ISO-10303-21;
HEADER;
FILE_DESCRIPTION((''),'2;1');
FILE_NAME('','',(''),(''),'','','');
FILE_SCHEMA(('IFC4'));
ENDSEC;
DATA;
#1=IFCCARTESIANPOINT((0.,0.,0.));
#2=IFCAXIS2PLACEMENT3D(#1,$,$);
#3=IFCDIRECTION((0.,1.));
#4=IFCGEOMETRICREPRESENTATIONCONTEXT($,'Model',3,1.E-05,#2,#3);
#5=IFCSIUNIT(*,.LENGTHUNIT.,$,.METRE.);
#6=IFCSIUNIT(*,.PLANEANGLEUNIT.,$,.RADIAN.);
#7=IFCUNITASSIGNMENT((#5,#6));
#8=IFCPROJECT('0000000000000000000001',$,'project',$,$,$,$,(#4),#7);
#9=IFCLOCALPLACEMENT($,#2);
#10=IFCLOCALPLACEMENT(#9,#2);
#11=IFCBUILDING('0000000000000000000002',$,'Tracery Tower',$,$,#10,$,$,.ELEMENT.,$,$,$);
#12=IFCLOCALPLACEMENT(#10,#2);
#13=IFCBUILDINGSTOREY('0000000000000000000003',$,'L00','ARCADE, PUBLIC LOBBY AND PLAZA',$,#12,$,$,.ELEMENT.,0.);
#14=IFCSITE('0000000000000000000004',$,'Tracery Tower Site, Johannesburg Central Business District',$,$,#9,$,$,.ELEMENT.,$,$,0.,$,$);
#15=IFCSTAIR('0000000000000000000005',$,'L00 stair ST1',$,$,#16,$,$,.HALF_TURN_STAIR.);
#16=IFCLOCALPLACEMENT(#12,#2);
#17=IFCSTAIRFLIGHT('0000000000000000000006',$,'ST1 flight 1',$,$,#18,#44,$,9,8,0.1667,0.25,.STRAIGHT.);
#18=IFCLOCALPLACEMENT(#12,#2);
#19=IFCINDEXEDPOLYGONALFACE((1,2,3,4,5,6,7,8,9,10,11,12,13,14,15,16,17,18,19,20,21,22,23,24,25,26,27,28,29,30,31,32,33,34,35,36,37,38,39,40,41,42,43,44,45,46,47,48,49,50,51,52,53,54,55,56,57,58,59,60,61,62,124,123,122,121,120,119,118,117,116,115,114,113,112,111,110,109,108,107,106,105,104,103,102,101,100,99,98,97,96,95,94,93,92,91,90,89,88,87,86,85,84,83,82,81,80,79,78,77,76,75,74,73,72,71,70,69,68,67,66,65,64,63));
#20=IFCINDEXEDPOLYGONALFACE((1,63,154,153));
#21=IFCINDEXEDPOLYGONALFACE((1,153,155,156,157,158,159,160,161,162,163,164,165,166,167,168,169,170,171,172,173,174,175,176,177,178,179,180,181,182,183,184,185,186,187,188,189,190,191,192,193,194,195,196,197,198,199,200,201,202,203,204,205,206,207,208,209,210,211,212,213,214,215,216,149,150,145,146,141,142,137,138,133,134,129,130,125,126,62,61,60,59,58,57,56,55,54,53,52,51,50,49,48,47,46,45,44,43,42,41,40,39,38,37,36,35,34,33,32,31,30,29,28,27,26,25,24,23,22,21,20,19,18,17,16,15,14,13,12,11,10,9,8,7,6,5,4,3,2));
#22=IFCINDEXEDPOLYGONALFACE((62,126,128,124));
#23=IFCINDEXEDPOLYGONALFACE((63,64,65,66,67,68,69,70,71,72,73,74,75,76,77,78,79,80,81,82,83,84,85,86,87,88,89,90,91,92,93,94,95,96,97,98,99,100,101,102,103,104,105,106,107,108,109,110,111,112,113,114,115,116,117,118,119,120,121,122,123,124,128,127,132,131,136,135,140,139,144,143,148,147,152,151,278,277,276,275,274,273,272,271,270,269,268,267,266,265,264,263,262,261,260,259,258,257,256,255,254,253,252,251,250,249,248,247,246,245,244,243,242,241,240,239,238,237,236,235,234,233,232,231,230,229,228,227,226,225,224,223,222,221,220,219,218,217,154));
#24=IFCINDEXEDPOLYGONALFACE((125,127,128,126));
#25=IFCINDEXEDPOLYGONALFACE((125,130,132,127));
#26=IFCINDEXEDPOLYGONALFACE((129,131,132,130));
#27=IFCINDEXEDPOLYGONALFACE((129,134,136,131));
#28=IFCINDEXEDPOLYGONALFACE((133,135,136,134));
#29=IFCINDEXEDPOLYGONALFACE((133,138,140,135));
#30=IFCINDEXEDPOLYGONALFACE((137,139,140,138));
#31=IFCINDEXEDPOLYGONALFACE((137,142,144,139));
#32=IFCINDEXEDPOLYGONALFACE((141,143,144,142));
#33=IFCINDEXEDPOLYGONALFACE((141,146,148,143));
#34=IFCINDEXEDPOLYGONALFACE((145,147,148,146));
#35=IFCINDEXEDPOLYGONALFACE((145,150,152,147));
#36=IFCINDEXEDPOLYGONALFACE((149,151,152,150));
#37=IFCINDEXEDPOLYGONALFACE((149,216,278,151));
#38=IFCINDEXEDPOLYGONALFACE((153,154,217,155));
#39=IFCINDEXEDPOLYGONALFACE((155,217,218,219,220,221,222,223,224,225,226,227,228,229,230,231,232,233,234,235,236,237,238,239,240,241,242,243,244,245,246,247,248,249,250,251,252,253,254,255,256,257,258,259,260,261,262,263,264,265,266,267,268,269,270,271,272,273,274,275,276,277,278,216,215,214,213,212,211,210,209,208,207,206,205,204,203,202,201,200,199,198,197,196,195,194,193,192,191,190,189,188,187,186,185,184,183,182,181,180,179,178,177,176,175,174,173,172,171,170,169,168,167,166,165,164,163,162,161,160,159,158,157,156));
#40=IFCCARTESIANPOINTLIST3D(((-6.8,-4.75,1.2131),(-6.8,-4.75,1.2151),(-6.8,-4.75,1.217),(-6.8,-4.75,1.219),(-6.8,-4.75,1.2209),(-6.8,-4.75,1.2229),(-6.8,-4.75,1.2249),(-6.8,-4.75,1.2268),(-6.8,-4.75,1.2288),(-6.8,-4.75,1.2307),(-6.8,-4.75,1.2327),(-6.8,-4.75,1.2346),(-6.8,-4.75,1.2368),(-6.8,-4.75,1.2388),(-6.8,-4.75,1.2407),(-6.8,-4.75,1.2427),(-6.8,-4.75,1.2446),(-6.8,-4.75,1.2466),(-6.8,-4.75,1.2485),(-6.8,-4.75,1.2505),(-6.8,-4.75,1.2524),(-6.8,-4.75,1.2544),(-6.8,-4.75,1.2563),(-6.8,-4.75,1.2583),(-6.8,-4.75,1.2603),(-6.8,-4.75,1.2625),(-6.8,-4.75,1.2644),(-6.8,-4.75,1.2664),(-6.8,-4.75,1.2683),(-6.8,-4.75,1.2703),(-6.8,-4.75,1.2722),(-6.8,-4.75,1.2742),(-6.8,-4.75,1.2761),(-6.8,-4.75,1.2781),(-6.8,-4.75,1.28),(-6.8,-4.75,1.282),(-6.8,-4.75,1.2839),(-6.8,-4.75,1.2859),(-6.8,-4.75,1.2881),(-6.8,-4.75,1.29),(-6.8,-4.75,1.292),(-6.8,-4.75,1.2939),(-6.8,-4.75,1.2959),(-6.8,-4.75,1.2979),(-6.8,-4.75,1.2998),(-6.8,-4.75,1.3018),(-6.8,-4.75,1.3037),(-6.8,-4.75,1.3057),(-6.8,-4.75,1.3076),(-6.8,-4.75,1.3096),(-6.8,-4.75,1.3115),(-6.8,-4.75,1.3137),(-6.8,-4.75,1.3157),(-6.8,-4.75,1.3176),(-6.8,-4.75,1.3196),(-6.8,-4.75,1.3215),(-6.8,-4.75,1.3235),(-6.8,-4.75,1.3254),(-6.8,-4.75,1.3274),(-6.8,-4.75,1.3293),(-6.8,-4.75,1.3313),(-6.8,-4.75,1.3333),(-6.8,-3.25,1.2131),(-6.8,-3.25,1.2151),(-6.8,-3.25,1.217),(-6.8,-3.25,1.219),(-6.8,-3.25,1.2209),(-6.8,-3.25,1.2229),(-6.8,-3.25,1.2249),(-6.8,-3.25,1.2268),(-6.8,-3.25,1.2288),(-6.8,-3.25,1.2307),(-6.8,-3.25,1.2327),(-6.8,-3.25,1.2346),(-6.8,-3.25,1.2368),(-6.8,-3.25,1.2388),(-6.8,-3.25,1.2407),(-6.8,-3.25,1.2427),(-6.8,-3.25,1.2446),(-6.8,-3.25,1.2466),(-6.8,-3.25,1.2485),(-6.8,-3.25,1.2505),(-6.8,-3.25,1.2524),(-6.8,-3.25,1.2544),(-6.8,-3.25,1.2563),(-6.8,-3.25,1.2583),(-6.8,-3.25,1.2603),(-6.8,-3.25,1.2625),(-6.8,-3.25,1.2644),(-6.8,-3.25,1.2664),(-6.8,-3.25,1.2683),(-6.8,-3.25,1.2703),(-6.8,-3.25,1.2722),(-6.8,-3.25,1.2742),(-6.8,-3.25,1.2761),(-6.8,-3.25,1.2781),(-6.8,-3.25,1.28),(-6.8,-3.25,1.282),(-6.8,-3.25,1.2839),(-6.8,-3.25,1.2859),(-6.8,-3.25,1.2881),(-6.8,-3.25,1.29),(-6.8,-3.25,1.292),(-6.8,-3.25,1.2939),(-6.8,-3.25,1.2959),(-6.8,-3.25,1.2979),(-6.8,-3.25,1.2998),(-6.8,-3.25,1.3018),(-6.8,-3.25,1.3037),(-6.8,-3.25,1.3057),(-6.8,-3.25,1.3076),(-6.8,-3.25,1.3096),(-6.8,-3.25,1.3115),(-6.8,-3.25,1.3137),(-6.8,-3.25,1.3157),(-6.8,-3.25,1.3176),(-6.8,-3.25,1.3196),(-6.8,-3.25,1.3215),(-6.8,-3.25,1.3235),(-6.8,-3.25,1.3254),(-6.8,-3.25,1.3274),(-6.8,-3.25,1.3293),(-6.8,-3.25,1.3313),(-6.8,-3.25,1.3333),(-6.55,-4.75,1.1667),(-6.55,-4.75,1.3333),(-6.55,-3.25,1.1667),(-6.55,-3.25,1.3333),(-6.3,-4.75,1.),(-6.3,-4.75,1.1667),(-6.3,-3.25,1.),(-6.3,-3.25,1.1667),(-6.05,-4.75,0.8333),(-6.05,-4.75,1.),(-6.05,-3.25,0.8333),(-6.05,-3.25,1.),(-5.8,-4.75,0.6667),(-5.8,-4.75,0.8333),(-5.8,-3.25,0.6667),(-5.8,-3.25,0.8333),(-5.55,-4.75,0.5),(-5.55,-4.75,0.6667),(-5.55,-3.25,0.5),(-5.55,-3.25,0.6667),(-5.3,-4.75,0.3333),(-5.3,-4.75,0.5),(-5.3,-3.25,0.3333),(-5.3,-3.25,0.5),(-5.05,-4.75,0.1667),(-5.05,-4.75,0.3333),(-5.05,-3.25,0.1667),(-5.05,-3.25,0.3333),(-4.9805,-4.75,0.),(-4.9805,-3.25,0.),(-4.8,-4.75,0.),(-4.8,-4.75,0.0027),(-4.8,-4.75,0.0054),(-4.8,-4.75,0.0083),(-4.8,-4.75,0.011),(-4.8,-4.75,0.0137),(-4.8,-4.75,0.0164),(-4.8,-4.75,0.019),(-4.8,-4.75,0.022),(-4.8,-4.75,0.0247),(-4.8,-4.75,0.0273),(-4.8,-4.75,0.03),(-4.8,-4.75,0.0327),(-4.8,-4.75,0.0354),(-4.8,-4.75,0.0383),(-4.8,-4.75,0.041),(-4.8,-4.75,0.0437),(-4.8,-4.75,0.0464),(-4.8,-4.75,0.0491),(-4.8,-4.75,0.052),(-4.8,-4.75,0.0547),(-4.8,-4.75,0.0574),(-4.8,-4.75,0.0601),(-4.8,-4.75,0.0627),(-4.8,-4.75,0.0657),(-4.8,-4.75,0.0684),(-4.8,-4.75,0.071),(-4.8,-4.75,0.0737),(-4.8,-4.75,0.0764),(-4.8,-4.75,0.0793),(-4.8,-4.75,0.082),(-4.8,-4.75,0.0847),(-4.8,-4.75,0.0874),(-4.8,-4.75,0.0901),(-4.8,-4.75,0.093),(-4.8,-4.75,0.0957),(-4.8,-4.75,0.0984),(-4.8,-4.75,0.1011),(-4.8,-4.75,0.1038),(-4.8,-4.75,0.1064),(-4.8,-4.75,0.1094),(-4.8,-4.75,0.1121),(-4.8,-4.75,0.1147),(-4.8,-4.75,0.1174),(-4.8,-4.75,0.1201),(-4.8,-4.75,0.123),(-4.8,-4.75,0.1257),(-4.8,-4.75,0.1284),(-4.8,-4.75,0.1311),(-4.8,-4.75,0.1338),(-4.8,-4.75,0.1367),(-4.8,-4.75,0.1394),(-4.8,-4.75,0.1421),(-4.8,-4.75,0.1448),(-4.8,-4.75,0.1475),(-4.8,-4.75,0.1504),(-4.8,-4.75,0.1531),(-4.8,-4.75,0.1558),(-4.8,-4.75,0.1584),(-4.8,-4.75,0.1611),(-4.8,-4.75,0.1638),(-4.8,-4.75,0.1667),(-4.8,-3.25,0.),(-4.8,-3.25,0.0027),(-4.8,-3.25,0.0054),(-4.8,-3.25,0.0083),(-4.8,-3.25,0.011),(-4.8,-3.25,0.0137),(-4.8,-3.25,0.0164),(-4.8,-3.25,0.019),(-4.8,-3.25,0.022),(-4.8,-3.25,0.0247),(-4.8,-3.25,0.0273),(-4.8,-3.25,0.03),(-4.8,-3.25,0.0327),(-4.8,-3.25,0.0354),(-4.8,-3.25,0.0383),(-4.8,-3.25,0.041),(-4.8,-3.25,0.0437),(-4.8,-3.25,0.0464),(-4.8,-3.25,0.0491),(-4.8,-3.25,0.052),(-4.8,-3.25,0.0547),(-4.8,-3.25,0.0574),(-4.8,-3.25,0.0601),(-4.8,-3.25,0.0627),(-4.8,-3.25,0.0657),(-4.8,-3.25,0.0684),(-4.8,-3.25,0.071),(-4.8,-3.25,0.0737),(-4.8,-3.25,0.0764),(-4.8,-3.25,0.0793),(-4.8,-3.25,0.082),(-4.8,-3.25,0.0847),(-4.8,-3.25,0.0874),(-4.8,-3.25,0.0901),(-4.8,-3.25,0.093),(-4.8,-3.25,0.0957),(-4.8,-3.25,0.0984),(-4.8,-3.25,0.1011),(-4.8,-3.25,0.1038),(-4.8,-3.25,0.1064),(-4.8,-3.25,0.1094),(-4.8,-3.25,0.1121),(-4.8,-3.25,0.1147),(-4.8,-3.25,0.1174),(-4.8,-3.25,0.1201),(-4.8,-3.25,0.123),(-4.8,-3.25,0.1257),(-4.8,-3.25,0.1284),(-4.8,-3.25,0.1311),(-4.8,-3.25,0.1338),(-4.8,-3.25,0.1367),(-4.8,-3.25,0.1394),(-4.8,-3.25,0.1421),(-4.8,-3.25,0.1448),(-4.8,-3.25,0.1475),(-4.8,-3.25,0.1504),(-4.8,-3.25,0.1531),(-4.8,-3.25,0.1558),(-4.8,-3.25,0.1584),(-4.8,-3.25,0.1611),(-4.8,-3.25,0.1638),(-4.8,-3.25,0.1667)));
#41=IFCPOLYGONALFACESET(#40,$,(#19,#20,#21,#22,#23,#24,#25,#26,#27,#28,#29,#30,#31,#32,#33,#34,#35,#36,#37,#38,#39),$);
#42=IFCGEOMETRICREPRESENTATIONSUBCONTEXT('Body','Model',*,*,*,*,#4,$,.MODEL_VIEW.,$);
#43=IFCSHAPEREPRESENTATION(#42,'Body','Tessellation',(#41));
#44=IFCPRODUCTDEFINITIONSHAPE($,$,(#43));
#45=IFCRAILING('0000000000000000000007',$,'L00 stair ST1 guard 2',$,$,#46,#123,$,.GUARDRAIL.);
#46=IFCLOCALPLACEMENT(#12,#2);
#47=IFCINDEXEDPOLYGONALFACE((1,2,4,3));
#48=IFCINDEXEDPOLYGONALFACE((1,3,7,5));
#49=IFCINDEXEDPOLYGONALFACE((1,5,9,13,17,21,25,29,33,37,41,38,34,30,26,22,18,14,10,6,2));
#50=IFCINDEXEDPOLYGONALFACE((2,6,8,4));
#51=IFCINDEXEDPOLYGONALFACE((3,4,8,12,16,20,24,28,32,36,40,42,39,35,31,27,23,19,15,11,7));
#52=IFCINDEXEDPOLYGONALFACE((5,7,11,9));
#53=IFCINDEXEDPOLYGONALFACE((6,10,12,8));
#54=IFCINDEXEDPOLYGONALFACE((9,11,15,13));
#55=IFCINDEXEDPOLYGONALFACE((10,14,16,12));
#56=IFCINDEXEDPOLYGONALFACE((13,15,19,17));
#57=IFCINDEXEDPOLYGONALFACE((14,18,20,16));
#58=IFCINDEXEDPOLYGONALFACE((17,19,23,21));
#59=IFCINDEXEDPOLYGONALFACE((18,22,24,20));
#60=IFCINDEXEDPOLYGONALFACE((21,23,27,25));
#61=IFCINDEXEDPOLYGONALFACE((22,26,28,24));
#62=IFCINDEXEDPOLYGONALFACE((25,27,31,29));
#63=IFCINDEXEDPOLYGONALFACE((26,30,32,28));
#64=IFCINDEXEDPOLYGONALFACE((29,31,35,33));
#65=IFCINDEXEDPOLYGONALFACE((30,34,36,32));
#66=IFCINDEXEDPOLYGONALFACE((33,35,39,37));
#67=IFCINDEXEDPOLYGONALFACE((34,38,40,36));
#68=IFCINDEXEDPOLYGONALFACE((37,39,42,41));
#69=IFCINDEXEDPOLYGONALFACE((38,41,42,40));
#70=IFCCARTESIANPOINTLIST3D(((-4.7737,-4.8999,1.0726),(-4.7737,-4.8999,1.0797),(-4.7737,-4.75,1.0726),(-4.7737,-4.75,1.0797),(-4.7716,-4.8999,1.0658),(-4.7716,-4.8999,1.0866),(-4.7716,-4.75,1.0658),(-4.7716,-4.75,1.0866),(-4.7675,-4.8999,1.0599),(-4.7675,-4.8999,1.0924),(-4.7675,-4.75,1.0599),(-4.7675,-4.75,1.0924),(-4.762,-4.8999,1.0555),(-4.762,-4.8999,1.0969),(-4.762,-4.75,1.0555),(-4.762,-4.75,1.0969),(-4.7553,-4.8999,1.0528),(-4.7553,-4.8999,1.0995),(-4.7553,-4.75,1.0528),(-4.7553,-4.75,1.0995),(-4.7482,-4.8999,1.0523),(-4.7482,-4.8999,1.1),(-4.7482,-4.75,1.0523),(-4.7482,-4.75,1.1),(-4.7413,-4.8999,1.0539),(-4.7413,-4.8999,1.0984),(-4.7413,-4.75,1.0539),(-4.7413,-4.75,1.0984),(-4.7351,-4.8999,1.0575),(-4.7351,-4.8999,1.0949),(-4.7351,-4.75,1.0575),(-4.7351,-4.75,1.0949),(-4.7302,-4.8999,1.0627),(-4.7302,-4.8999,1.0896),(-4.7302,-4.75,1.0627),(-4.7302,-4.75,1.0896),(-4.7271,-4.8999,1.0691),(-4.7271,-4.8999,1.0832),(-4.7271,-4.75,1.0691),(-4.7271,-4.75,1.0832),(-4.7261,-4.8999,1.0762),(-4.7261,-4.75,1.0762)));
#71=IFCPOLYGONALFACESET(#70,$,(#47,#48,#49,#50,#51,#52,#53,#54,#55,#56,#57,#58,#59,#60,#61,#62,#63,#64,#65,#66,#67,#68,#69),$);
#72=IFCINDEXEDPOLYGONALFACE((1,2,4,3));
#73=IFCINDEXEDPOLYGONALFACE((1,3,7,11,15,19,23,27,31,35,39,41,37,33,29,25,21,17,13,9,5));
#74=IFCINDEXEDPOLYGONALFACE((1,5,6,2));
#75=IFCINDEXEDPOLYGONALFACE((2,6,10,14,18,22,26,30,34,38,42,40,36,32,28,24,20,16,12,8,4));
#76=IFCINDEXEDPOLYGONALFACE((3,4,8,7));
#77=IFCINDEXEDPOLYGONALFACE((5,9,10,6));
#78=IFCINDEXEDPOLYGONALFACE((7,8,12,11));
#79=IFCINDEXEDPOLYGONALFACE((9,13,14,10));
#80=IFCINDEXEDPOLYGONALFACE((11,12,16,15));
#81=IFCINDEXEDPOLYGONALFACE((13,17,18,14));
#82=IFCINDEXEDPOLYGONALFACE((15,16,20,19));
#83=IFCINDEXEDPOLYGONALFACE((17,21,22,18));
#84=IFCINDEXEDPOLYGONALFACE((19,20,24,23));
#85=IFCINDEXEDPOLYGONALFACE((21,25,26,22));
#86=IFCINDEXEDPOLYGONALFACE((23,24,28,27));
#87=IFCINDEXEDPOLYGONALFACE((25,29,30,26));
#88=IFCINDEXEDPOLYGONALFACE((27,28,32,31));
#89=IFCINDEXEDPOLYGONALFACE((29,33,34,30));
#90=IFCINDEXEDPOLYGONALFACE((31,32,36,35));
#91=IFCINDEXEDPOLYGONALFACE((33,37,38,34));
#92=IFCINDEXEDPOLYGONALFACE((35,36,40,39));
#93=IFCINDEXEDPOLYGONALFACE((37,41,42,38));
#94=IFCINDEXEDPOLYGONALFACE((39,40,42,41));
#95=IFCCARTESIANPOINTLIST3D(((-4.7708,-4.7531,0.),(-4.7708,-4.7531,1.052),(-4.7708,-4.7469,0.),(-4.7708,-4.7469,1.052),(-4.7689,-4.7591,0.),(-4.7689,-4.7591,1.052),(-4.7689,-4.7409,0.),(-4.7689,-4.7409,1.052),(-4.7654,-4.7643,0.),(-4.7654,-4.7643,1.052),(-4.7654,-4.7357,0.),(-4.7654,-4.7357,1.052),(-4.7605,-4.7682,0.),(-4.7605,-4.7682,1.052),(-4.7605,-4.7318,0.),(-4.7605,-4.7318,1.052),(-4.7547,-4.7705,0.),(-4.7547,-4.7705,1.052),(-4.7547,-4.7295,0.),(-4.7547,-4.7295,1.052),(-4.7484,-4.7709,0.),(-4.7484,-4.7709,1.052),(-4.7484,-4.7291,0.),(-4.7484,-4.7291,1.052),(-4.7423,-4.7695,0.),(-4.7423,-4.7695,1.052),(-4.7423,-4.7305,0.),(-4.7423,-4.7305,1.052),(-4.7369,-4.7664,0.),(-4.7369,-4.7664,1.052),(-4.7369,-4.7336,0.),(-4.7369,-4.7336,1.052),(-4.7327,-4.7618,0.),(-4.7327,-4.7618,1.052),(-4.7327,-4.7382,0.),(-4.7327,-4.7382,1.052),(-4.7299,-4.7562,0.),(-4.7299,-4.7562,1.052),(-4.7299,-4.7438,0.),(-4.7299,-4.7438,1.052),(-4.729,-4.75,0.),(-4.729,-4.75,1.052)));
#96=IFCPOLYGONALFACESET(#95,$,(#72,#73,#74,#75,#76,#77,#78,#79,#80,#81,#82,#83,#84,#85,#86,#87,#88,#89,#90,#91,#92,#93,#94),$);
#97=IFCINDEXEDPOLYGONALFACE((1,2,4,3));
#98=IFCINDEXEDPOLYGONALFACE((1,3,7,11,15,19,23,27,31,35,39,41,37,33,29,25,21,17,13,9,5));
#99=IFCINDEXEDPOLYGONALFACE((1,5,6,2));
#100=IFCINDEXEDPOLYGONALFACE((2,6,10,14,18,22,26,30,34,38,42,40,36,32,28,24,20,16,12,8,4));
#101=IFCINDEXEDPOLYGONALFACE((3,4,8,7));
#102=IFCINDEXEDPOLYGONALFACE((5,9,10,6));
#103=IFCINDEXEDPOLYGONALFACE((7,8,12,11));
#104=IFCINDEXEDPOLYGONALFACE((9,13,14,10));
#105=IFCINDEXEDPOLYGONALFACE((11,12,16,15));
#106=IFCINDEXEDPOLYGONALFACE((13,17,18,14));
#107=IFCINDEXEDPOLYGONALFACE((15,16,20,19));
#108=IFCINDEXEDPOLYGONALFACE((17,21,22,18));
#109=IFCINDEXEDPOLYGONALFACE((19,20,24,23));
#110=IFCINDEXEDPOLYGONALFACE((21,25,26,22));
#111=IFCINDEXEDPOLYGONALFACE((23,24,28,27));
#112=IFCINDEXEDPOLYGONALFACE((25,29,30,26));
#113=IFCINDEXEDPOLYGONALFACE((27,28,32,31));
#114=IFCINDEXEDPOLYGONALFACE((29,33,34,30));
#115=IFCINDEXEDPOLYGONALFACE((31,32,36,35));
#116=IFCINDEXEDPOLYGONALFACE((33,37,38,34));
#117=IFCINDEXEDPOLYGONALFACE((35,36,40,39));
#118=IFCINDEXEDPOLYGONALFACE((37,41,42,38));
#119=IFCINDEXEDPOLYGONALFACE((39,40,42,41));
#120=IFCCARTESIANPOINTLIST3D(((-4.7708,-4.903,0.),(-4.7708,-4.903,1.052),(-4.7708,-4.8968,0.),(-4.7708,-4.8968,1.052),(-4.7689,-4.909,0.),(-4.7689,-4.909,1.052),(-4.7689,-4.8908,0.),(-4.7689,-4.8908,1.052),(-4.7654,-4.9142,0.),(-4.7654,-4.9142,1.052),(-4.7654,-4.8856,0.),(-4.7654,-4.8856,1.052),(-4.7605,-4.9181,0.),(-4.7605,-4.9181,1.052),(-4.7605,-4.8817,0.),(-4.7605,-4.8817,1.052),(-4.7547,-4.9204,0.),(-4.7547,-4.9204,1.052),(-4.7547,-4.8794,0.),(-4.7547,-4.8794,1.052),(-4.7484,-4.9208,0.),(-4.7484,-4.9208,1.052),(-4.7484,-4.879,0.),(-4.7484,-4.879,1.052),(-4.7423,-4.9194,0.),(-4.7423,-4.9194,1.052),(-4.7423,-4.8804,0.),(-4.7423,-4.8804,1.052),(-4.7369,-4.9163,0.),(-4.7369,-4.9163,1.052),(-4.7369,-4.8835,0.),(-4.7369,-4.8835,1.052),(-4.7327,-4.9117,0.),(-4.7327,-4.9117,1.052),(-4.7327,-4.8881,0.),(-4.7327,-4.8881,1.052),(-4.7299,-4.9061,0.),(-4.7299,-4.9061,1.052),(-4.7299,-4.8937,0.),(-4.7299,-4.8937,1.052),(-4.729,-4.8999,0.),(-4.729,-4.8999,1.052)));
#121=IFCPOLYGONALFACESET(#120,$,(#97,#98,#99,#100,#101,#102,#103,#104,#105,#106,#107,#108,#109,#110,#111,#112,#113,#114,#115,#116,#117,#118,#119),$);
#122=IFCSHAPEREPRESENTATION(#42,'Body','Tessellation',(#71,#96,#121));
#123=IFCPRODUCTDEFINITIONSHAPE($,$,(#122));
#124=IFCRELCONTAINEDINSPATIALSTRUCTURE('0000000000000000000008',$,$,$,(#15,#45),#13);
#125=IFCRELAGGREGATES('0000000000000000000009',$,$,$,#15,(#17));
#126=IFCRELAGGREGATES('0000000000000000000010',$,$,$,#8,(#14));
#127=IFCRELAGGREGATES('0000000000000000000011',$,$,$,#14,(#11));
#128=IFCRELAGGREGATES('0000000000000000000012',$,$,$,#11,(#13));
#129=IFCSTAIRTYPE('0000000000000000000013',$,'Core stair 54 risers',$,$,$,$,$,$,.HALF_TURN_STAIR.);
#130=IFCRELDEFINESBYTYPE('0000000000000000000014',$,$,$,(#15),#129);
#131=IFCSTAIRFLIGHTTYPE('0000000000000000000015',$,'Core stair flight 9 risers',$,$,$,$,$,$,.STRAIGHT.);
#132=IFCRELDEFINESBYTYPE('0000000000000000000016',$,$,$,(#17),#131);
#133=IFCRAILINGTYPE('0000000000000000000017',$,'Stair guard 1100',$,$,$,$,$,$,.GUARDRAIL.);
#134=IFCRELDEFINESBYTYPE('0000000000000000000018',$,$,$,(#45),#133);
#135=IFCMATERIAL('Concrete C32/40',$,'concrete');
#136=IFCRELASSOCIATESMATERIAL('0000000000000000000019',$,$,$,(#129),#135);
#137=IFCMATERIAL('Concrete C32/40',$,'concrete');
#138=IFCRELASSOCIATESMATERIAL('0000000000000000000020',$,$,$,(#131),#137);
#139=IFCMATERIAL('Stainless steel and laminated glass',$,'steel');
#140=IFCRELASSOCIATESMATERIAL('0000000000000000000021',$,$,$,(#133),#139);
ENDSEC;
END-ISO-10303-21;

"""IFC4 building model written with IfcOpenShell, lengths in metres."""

from ifc_helpers import new_model, si_unit, direction, frame, origin, origin_2d, place, context, subcontext, project, spatial, polyline, circle, outline, extrude, material, type_object, element, aggregate, save


model = new_model("IFC4")

# Units and contexts
model_context = context("Model", 3, precision=1e-05, world=origin(), true_north=direction((0.0, 1.0)))
body_context = subcontext(model_context, "Body", "Model", "MODEL_VIEW")
ifc_project = project(units=[si_unit("LENGTHUNIT", "METRE"), si_unit("PLANEANGLEUNIT", "RADIAN")], contexts=[model_context])

# Site, building, storey
site_placement = place(None, origin())
site = spatial("IfcSite", under=ifc_project, at=site_placement, Name="Tracery Tower Site, Johannesburg Central Business District", CompositionType="ELEMENT", RefElevation=0.0)
building_placement = place(site_placement, origin())
building = spatial("IfcBuilding", under=site, at=building_placement, Name="Tracery Tower", CompositionType="ELEMENT")
storey_placement = place(building_placement, origin())
storey = spatial("IfcBuildingStorey", under=building, at=storey_placement, Name="L00", Description="ARCADE, PUBLIC LOBBY AND PLAZA", CompositionType="ELEMENT", Elevation=0.0)

# Stair, stair flight
ifc_material_1 = material(Name="Concrete C32/40", Category="concrete")
stair_type = type_object("IfcStairType", Name="Core stair 54 risers", PredefinedType="HALF_TURN_STAIR", material=ifc_material_1)
stair_placement = place(storey_placement, origin())
stair = element("IfcStair", 1, at=stair_placement, inside=storey, type_object=stair_type, Name="L00 stair ST1", PredefinedType="HALF_TURN_STAIR")
ifc_material_2 = material(Name="Concrete C32/40", Category="concrete")
stair_flight_type = type_object("IfcStairFlightType", Name="Core stair flight 9 risers", PredefinedType="STRAIGHT", material=ifc_material_2)
stair_flight_1_placement = place(storey_placement, frame((-4.8, -4.0, 0.0), z_axis=(0.0, 0.0, 1.0), x_axis=(-1.0, 0.0, 0.0)))
stair_flight_1 = element("IfcStairFlight", 2, at=stair_flight_1_placement, type_object=stair_flight_type, Name="ST1 flight 1", NumberOfRisers=9, NumberOfTreads=8, PredefinedType="STRAIGHT", RiserHeight=0.1667, TreadLength=0.25, context=body_context, shape_type="SweptSolid", body=[
    extrude(outline(polyline([(0.0, 0.0), (0.0, 0.0027), (0.0, 0.0054), (0.0, 0.0083), (0.0, 0.011), (0.0, 0.0137), (0.0, 0.0164), (0.0, 0.019), (0.0, 0.022), (0.0, 0.0247), (0.0, 0.0273), (0.0, 0.03), (0.0, 0.0327), (0.0, 0.0354), (0.0, 0.0383), (0.0, 0.041), (0.0, 0.0437), (0.0, 0.0464), (0.0, 0.0491), (0.0, 0.052), (0.0, 0.0547), (0.0, 0.0574), (0.0, 0.0601), (0.0, 0.0627), (0.0, 0.0657), (0.0, 0.0684), (0.0, 0.071), (0.0, 0.0737), (0.0, 0.0764), (0.0, 0.0793), (0.0, 0.082), (0.0, 0.0847), (0.0, 0.0874), (0.0, 0.0901), (0.0, 0.093), (0.0, 0.0957), (0.0, 0.0984), (0.0, 0.1011), (0.0, 0.1038), (0.0, 0.1064), (0.0, 0.1094), (0.0, 0.1121), (0.0, 0.1147), (0.0, 0.1174), (0.0, 0.1201), (0.0, 0.123), (0.0, 0.1257), (0.0, 0.1284), (0.0, 0.1311), (0.0, 0.1338), (0.0, 0.1367), (0.0, 0.1394), (0.0, 0.1421), (0.0, 0.1448), (0.0, 0.1475), (0.0, 0.1504), (0.0, 0.1531), (0.0, 0.1558), (0.0, 0.1584), (0.0, 0.1611), (0.0, 0.1638), (0.0, 0.1667), (0.25, 0.1667), (0.25, 0.3333), (0.5, 0.3333), (0.5, 0.5), (0.75, 0.5), (0.75, 0.6667), (1.0, 0.6667), (1.0, 0.8333), (1.25, 0.8333), (1.25, 1.0), (1.5, 1.0), (1.5, 1.1667), (1.75, 1.1667), (1.75, 1.3333), (2.0, 1.3333), (2.0, 1.3313), (2.0, 1.3293), (2.0, 1.3274), (2.0, 1.3254), (2.0, 1.3235), (2.0, 1.3215), (2.0, 1.3196), (2.0, 1.3176), (2.0, 1.3157), (2.0, 1.3137), (2.0, 1.3115), (2.0, 1.3096), (2.0, 1.3076), (2.0, 1.3057), (2.0, 1.3037), (2.0, 1.3018), (2.0, 1.2998), (2.0, 1.2979), (2.0, 1.2959), (2.0, 1.2939), (2.0, 1.292), (2.0, 1.29), (2.0, 1.2881), (2.0, 1.2859), (2.0, 1.2839), (2.0, 1.282), (2.0, 1.28), (2.0, 1.2781), (2.0, 1.2761), (2.0, 1.2742), (2.0, 1.2722), (2.0, 1.2703), (2.0, 1.2683), (2.0, 1.2664), (2.0, 1.2644), (2.0, 1.2625), (2.0, 1.2603), (2.0, 1.2583), (2.0, 1.2563), (2.0, 1.2544), (2.0, 1.2524), (2.0, 1.2505), (2.0, 1.2485), (2.0, 1.2466), (2.0, 1.2446), (2.0, 1.2427), (2.0, 1.2407), (2.0, 1.2388), (2.0, 1.2368), (2.0, 1.2346), (2.0, 1.2327), (2.0, 1.2307), (2.0, 1.2288), (2.0, 1.2268), (2.0, 1.2249), (2.0, 1.2229), (2.0, 1.2209), (2.0, 1.219), (2.0, 1.217), (2.0, 1.2151), (2.0, 1.2131), (0.1804, 0.0), (0.0, 0.0)])), frame((0.0, 0.75, 0.0), z_axis=(0.0, -1.0, 0.0), x_axis=(1.0, 0.0, 0.0)), (0.0, 0.0, 1.0), 1.5),
])
aggregate(stair, [stair_flight_1])

# Railing
ifc_material_3 = material(Name="Stainless steel and laminated glass", Category="steel")
railing_type_1 = type_object("IfcRailingType", Name="Stair guard 1100", PredefinedType="GUARDRAIL", material=ifc_material_3)
railing_1_placement = place(storey_placement, frame((-4.75, -4.75, 0.0)))
element("IfcRailing", 3, at=railing_1_placement, inside=storey, type_object=railing_type_1, Name="L00 stair ST1 guard 2", PredefinedType="GUARDRAIL", context=body_context, shape_type="SweptSolid", body=[
    extrude(circle(Radius=0.0239, at=origin_2d()), frame((0.0, 0.0, 1.0762), z_axis=(0.0, -1.0, 0.0), x_axis=(1.0, 0.0, 0.0)), (0.0, 0.0, 1.0), 0.1499),
    extrude(circle(Radius=0.021, at=origin_2d()), origin(), (0.0, 0.0, 1.0), 1.052),
    extrude(circle(Radius=0.021, at=origin_2d()), frame((0.0, -0.1499, 0.0)), (0.0, 0.0, 1.0), 1.052),
])

save(model, "model.ifc")
